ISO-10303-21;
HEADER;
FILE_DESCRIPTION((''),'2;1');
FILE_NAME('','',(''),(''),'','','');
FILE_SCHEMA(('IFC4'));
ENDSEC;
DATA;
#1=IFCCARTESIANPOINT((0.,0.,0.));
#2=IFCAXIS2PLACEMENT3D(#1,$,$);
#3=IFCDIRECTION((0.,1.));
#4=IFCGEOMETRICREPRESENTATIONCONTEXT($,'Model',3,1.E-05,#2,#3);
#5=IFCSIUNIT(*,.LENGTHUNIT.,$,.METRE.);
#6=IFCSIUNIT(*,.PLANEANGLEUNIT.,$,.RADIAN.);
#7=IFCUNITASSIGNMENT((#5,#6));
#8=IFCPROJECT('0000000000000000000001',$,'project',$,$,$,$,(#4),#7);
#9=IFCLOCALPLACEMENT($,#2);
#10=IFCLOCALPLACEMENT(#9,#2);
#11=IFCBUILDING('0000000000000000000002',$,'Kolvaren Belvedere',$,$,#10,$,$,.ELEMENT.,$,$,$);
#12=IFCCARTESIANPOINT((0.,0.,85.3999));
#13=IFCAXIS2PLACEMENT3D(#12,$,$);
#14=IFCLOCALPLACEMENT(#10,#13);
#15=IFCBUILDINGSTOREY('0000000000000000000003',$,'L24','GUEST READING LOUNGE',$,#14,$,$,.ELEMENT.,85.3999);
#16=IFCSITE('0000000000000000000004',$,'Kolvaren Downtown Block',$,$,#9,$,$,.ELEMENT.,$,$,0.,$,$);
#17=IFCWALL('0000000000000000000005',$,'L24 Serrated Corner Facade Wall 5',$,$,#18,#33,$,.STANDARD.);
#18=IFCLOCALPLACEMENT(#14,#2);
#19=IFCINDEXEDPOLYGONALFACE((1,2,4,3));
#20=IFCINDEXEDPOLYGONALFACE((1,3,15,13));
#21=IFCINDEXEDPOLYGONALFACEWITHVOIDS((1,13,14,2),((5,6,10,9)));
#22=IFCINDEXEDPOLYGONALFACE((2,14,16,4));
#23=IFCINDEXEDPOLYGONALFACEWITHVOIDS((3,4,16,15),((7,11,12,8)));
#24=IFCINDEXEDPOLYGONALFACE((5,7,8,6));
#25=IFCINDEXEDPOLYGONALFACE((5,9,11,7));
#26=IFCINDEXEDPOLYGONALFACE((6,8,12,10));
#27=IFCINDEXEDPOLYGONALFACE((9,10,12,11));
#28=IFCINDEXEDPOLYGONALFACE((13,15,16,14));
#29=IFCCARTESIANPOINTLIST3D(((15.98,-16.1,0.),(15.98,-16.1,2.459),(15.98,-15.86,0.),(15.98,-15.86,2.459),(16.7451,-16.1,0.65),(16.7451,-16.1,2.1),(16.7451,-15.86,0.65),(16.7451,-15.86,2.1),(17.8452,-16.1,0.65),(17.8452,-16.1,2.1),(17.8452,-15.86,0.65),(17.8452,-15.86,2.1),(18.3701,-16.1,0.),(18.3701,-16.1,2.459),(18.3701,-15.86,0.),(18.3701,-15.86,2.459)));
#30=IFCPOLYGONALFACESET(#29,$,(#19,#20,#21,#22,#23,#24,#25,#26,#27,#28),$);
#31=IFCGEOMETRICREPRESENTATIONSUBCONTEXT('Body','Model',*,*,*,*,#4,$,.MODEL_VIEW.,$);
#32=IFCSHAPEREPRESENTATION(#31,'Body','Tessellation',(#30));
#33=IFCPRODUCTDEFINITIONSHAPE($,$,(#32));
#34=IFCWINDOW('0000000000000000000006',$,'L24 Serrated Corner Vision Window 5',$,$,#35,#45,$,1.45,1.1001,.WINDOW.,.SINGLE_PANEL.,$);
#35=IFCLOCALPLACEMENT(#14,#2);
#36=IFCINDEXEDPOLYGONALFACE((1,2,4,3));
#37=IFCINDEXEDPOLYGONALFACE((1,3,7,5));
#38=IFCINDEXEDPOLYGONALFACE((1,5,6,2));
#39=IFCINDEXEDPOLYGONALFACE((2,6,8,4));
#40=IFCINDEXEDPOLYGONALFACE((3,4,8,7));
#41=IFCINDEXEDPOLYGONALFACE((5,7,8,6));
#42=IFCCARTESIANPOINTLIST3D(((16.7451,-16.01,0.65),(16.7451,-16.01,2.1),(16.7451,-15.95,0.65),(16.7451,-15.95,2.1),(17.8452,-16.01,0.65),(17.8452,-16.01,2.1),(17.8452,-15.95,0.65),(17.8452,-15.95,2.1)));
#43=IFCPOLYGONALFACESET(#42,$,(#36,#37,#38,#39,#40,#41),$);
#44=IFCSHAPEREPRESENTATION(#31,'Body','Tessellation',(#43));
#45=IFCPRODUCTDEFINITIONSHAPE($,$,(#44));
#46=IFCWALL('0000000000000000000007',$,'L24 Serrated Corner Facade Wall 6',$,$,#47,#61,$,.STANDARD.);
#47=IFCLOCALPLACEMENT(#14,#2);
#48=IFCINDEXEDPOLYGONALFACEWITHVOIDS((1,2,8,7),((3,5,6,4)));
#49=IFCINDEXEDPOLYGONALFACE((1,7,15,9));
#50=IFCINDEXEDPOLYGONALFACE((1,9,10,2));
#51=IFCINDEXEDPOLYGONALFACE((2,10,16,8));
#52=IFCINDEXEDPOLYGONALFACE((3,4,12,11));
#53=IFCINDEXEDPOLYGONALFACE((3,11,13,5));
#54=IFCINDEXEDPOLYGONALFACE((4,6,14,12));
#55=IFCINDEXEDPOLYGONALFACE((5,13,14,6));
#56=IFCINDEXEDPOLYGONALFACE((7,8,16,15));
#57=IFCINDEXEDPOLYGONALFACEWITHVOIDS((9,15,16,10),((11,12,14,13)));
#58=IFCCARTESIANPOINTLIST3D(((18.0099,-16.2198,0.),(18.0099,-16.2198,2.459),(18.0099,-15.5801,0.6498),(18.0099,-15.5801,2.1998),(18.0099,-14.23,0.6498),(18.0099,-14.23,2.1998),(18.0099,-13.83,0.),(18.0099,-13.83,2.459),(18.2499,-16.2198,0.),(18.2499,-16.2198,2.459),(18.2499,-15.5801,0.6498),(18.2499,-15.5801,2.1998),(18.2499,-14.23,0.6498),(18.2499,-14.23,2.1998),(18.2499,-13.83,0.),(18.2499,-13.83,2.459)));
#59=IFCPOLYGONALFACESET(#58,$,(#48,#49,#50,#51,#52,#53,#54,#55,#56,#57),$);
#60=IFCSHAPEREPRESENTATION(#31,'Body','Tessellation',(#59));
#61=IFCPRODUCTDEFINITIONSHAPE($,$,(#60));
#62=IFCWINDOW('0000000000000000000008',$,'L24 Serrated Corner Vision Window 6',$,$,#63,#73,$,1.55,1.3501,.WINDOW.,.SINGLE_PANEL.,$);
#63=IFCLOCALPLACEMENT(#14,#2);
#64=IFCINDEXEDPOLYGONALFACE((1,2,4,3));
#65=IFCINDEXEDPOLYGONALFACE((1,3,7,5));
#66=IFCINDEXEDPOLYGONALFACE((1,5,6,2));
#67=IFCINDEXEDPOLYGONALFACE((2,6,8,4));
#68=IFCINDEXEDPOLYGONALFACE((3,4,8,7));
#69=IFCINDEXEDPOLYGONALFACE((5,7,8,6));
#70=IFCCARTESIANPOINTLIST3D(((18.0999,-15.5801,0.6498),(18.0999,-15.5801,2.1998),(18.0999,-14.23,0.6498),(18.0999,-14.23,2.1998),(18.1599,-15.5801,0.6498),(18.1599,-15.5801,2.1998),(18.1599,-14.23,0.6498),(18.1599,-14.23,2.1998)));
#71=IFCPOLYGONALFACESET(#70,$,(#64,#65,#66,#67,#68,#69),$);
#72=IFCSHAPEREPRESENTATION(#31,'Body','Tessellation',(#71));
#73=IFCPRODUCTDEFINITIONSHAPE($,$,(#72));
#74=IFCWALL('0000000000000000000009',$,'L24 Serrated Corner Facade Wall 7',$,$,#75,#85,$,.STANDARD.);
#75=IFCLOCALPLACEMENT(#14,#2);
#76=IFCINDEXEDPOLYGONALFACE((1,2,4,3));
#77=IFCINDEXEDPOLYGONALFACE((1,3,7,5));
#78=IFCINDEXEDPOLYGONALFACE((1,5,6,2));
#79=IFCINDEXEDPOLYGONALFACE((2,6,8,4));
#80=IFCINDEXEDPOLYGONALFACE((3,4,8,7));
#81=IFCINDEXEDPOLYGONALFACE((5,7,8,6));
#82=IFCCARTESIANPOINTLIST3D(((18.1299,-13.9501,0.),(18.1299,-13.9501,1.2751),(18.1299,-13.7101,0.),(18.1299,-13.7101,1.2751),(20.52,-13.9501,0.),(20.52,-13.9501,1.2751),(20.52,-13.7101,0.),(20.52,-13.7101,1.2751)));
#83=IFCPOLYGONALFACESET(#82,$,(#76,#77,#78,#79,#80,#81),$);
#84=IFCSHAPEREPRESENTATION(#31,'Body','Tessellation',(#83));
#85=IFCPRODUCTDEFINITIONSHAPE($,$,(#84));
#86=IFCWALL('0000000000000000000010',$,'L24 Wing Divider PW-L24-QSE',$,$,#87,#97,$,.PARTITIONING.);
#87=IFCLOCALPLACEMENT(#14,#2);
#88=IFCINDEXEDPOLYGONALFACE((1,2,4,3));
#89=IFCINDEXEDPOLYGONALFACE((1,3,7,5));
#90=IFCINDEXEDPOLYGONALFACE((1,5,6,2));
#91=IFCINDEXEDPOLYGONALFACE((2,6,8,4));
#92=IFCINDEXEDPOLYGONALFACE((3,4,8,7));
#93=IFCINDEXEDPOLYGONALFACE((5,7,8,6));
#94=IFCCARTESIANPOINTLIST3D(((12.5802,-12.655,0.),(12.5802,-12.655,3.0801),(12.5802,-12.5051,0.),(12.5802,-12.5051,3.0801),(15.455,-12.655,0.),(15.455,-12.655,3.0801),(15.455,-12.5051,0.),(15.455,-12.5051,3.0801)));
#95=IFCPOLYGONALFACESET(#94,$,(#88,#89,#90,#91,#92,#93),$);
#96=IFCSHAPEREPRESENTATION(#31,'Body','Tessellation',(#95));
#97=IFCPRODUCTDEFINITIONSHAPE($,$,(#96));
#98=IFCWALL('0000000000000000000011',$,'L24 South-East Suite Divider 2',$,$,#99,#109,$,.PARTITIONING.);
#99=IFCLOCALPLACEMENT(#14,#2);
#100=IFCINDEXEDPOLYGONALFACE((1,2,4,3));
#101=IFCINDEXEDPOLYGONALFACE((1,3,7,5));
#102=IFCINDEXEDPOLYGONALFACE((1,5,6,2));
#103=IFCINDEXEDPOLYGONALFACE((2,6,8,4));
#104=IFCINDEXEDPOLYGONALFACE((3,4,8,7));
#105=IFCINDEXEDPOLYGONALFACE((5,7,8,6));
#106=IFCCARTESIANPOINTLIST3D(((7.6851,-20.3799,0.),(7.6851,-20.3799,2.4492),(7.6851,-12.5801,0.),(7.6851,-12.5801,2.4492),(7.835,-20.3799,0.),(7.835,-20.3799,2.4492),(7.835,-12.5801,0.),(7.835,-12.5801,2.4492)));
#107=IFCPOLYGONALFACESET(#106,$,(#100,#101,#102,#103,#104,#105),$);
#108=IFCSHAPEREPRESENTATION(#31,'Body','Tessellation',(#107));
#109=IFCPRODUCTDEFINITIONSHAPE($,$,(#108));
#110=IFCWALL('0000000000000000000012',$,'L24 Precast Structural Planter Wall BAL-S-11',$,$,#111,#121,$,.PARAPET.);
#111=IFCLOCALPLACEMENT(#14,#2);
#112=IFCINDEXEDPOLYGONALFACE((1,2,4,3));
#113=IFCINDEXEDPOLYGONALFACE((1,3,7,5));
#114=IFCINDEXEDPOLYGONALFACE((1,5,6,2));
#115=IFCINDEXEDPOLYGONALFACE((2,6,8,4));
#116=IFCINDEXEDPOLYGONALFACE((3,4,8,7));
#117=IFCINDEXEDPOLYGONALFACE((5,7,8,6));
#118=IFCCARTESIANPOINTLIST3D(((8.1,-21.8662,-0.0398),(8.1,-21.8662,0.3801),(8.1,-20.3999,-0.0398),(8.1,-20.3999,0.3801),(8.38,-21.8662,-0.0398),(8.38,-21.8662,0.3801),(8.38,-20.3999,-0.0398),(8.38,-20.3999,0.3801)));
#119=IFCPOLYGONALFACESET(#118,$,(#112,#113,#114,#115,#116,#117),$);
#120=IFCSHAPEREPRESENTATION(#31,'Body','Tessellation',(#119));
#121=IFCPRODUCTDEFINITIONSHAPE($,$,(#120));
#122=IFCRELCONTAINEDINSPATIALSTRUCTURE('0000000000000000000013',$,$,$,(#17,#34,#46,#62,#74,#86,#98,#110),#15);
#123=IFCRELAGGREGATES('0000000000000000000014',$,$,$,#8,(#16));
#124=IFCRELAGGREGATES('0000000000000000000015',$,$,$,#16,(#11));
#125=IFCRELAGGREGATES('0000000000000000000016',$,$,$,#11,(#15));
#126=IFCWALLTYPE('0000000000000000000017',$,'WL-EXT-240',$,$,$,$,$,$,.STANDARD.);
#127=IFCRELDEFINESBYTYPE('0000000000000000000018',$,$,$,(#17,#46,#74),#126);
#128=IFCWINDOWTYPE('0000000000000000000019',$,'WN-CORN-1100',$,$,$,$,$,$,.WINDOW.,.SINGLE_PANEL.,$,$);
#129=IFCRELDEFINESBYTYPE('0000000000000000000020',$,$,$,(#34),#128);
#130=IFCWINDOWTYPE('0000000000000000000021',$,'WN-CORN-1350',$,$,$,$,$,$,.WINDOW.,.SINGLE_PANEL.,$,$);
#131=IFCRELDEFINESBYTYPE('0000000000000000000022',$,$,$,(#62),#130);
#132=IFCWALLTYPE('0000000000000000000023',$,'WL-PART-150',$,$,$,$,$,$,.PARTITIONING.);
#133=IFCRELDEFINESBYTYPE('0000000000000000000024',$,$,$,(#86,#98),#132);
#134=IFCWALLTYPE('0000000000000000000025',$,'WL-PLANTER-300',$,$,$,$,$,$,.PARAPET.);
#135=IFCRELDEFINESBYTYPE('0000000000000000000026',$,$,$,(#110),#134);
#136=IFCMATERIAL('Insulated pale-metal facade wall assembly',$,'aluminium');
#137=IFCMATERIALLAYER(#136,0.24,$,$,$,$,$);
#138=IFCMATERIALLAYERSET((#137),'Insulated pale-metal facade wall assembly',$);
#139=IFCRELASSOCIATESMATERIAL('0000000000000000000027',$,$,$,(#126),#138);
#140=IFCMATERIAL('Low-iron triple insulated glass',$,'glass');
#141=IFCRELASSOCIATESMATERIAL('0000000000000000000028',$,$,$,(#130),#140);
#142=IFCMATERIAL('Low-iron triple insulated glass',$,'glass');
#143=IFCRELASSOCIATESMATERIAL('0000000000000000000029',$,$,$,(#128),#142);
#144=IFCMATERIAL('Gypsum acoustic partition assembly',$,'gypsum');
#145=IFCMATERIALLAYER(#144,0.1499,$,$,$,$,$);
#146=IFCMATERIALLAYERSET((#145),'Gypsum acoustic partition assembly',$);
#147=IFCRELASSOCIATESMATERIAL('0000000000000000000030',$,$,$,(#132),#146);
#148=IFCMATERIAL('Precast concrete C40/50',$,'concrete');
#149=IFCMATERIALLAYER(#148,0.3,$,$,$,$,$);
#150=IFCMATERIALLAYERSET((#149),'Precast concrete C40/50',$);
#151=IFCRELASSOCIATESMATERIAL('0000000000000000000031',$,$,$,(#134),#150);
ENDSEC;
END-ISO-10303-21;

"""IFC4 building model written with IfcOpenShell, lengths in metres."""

from ifc_helpers import new_model, si_unit, direction, frame, frame_2d, origin, place, context, subcontext, project, spatial, rectangle, extrude, material, layer, layer_set, type_object, element, fill, save


model = new_model("IFC4")

# Units and contexts
model_context = context("Model", 3, precision=1e-05, world=origin(), true_north=direction((0.0, 1.0)))
body_context = subcontext(model_context, "Body", "Model", "MODEL_VIEW")
ifc_project = project(units=[si_unit("LENGTHUNIT", "METRE"), si_unit("PLANEANGLEUNIT", "RADIAN")], contexts=[model_context])

# Site, building, storey
site_placement = place(None, origin())
site = spatial("IfcSite", under=ifc_project, at=site_placement, Name="Kolvaren Downtown Block", CompositionType="ELEMENT", RefElevation=0.0)
building_placement = place(site_placement, origin())
building = spatial("IfcBuilding", under=site, at=building_placement, Name="Kolvaren Belvedere", CompositionType="ELEMENT")
storey_placement = place(building_placement, frame((0.0, 0.0, 85.3999)))
storey = spatial("IfcBuildingStorey", under=building, at=storey_placement, Name="L24", Description="GUEST READING LOUNGE", CompositionType="ELEMENT", Elevation=85.3999)

# Shared definitions
ifc_material_1 = material(Name="Insulated pale-metal facade wall assembly", Category="aluminium")
ifc_layer_1 = layer(ifc_material_1, 0.24)
ifc_layer_set_1 = layer_set([ifc_layer_1], Name="Insulated pale-metal facade wall assembly")
wall_type_1 = type_object("IfcWallType", Name="WL-EXT-240", PredefinedType="STANDARD", material=ifc_layer_set_1)

# Walls, openings, windows
ifc_material_2 = material(Name="Low-iron triple insulated glass", Category="glass")
window_type_1 = type_object("IfcWindowType", Name="WN-CORN-1350", PartitioningType="SINGLE_PANEL", PredefinedType="WINDOW", material=ifc_material_2)
ifc_material_3 = material(Name="Low-iron triple insulated glass", Category="glass")
window_type_2 = type_object("IfcWindowType", Name="WN-CORN-1100", PartitioningType="SINGLE_PANEL", PredefinedType="WINDOW", material=ifc_material_3)
wall_1_placement = place(storey_placement, frame((18.3701, -15.98, 0.0), z_axis=(0.0, 0.0, 1.0), x_axis=(-1.0, 0.0, 0.0)))
wall_1 = element("IfcWall", 1, at=wall_1_placement, inside=storey, type_object=wall_type_1, Name="L24 Serrated Corner Facade Wall 5", PredefinedType="STANDARD", context=body_context, shape_type="SweptSolid", body=[
    extrude(rectangle(XDim=2.3901, YDim=0.24, at=frame_2d((1.1951, 0.0))), origin(), (0.0, 0.0, 1.0), 2.459),
])
opening_1_placement = place(wall_1_placement, frame((0.5249, 0.0, 0.6499)))
opening_1 = element("IfcOpeningElement", 2, at=opening_1_placement, cuts=wall_1, PredefinedType="OPENING", context=body_context, shape_type="SweptSolid", body=[
    extrude(rectangle(XDim=1.1001, YDim=1.45, at=frame_2d((0.55, 0.7251))), frame((0.0, 0.1299, 0.0), z_axis=(0.0, -1.0, 0.0), x_axis=(1.0, 0.0, 0.0)), (0.0, 0.0, 1.0), 0.26),
])
window_1_placement = place(opening_1_placement, origin())
window_1 = element("IfcWindow", 3, at=window_1_placement, inside=storey, type_object=window_type_2, Name="L24 Serrated Corner Vision Window 5", OverallHeight=1.45, OverallWidth=1.1001, PartitioningType="SINGLE_PANEL", PredefinedType="WINDOW", context=body_context, shape_type="SweptSolid", body=[
    extrude(rectangle(XDim=1.1001, YDim=1.45, at=frame_2d((0.55, 0.7251))), frame((0.0, 0.03, 0.0), z_axis=(0.0, -1.0, 0.0), x_axis=(1.0, 0.0, 0.0)), (0.0, 0.0, 1.0), 0.0601),
])
fill(opening_1, window_1)
wall_2_placement = place(storey_placement, frame((18.1299, -13.8301, 0.0), z_axis=(0.0, 0.0, 1.0), x_axis=(0.0, -1.0, 0.0)))
wall_2 = element("IfcWall", 4, at=wall_2_placement, inside=storey, type_object=wall_type_1, Name="L24 Serrated Corner Facade Wall 6", PredefinedType="STANDARD", context=body_context, shape_type="SweptSolid", body=[
    extrude(rectangle(XDim=2.3899, YDim=0.24, at=frame_2d((1.1948, 0.0))), origin(), (0.0, 0.0, 1.0), 2.459),
])
opening_2_placement = place(wall_2_placement, frame((0.3999, 0.0, 0.6499)))
opening_2 = element("IfcOpeningElement", 5, at=opening_2_placement, cuts=wall_2, PredefinedType="OPENING", context=body_context, shape_type="SweptSolid", body=[
    extrude(rectangle(XDim=1.3501, YDim=1.55, at=frame_2d((0.675, 0.7749))), frame((0.0, 0.1299, 0.0), z_axis=(0.0, -1.0, 0.0), x_axis=(1.0, 0.0, 0.0)), (0.0, 0.0, 1.0), 0.26),
])
window_2_placement = place(opening_2_placement, origin())
window_2 = element("IfcWindow", 6, at=window_2_placement, inside=storey, type_object=window_type_1, Name="L24 Serrated Corner Vision Window 6", OverallHeight=1.55, OverallWidth=1.3501, PartitioningType="SINGLE_PANEL", PredefinedType="WINDOW", context=body_context, shape_type="SweptSolid", body=[
    extrude(rectangle(XDim=1.3501, YDim=1.55, at=frame_2d((0.675, 0.7749))), frame((0.0, 0.03, 0.0), z_axis=(0.0, -1.0, 0.0), x_axis=(1.0, 0.0, 0.0)), (0.0, 0.0, 1.0), 0.0601),
])
fill(opening_2, window_2)

# Walls
wall_3_placement = place(storey_placement, frame((20.52, -13.8301, 0.0), z_axis=(0.0, 0.0, 1.0), x_axis=(-1.0, 0.0, 0.0)))
element("IfcWall", 7, at=wall_3_placement, inside=storey, type_object=wall_type_1, Name="L24 Serrated Corner Facade Wall 7", PredefinedType="STANDARD", context=body_context, shape_type="SweptSolid", body=[
    extrude(rectangle(XDim=2.3901, YDim=0.24, at=frame_2d((1.1951, 0.0))), origin(), (0.0, 0.0, 1.0), 1.2751),
])
ifc_material_4 = material(Name="Gypsum acoustic partition assembly", Category="gypsum")
ifc_layer_2 = layer(ifc_material_4, 0.1499)
ifc_layer_set_2 = layer_set([ifc_layer_2], Name="Gypsum acoustic partition assembly")
wall_type_2 = type_object("IfcWallType", Name="WL-PART-150", PredefinedType="PARTITIONING", material=ifc_layer_set_2)
wall_4_placement = place(storey_placement, frame((12.5801, -12.5801, 0.0), z_axis=(0.0, 0.0, 1.0), x_axis=(1.0, 0.0, 0.0)))
element("IfcWall", 8, at=wall_4_placement, inside=storey, type_object=wall_type_2, Name="L24 Wing Divider PW-L24-QSE", PredefinedType="PARTITIONING", context=body_context, shape_type="SweptSolid", body=[
    extrude(rectangle(XDim=2.8748, YDim=0.1499, at=frame_2d((1.4375, 0.0))), origin(), (0.0, 0.0, 1.0), 3.0801),
])
wall_5_placement = place(storey_placement, frame((7.76, -20.3799, 0.0), z_axis=(0.0, 0.0, 1.0), x_axis=(0.0, 1.0, 0.0)))
element("IfcWall", 9, at=wall_5_placement, inside=storey, type_object=wall_type_2, Name="L24 South-East Suite Divider 2", PredefinedType="PARTITIONING", context=body_context, shape_type="SweptSolid", body=[
    extrude(rectangle(XDim=7.7998, YDim=0.1499, at=frame_2d((3.8999, 0.0))), origin(), (0.0, 0.0, 1.0), 2.4492),
])
ifc_material_5 = material(Name="Precast concrete C40/50", Category="concrete")
ifc_layer_3 = layer(ifc_material_5, 0.3)
ifc_layer_set_3 = layer_set([ifc_layer_3], Name="Precast concrete C40/50")
wall_type_3 = type_object("IfcWallType", Name="WL-PLANTER-300", PredefinedType="PARAPET", material=ifc_layer_set_3)
wall_6_placement = place(storey_placement, frame((8.24, -21.8662, -0.0398), z_axis=(0.0, 0.0, 1.0), x_axis=(0.0, 1.0, 0.0)))
element("IfcWall", 10, at=wall_6_placement, inside=storey, type_object=wall_type_3, Name="L24 Precast Structural Planter Wall BAL-S-11", PredefinedType="PARAPET", context=body_context, shape_type="SweptSolid", body=[
    extrude(rectangle(XDim=1.4663, YDim=0.28, at=frame_2d((0.7332, 0.0))), origin(), (0.0, 0.0, 1.0), 0.4199),
])

save(model, "model.ifc")
